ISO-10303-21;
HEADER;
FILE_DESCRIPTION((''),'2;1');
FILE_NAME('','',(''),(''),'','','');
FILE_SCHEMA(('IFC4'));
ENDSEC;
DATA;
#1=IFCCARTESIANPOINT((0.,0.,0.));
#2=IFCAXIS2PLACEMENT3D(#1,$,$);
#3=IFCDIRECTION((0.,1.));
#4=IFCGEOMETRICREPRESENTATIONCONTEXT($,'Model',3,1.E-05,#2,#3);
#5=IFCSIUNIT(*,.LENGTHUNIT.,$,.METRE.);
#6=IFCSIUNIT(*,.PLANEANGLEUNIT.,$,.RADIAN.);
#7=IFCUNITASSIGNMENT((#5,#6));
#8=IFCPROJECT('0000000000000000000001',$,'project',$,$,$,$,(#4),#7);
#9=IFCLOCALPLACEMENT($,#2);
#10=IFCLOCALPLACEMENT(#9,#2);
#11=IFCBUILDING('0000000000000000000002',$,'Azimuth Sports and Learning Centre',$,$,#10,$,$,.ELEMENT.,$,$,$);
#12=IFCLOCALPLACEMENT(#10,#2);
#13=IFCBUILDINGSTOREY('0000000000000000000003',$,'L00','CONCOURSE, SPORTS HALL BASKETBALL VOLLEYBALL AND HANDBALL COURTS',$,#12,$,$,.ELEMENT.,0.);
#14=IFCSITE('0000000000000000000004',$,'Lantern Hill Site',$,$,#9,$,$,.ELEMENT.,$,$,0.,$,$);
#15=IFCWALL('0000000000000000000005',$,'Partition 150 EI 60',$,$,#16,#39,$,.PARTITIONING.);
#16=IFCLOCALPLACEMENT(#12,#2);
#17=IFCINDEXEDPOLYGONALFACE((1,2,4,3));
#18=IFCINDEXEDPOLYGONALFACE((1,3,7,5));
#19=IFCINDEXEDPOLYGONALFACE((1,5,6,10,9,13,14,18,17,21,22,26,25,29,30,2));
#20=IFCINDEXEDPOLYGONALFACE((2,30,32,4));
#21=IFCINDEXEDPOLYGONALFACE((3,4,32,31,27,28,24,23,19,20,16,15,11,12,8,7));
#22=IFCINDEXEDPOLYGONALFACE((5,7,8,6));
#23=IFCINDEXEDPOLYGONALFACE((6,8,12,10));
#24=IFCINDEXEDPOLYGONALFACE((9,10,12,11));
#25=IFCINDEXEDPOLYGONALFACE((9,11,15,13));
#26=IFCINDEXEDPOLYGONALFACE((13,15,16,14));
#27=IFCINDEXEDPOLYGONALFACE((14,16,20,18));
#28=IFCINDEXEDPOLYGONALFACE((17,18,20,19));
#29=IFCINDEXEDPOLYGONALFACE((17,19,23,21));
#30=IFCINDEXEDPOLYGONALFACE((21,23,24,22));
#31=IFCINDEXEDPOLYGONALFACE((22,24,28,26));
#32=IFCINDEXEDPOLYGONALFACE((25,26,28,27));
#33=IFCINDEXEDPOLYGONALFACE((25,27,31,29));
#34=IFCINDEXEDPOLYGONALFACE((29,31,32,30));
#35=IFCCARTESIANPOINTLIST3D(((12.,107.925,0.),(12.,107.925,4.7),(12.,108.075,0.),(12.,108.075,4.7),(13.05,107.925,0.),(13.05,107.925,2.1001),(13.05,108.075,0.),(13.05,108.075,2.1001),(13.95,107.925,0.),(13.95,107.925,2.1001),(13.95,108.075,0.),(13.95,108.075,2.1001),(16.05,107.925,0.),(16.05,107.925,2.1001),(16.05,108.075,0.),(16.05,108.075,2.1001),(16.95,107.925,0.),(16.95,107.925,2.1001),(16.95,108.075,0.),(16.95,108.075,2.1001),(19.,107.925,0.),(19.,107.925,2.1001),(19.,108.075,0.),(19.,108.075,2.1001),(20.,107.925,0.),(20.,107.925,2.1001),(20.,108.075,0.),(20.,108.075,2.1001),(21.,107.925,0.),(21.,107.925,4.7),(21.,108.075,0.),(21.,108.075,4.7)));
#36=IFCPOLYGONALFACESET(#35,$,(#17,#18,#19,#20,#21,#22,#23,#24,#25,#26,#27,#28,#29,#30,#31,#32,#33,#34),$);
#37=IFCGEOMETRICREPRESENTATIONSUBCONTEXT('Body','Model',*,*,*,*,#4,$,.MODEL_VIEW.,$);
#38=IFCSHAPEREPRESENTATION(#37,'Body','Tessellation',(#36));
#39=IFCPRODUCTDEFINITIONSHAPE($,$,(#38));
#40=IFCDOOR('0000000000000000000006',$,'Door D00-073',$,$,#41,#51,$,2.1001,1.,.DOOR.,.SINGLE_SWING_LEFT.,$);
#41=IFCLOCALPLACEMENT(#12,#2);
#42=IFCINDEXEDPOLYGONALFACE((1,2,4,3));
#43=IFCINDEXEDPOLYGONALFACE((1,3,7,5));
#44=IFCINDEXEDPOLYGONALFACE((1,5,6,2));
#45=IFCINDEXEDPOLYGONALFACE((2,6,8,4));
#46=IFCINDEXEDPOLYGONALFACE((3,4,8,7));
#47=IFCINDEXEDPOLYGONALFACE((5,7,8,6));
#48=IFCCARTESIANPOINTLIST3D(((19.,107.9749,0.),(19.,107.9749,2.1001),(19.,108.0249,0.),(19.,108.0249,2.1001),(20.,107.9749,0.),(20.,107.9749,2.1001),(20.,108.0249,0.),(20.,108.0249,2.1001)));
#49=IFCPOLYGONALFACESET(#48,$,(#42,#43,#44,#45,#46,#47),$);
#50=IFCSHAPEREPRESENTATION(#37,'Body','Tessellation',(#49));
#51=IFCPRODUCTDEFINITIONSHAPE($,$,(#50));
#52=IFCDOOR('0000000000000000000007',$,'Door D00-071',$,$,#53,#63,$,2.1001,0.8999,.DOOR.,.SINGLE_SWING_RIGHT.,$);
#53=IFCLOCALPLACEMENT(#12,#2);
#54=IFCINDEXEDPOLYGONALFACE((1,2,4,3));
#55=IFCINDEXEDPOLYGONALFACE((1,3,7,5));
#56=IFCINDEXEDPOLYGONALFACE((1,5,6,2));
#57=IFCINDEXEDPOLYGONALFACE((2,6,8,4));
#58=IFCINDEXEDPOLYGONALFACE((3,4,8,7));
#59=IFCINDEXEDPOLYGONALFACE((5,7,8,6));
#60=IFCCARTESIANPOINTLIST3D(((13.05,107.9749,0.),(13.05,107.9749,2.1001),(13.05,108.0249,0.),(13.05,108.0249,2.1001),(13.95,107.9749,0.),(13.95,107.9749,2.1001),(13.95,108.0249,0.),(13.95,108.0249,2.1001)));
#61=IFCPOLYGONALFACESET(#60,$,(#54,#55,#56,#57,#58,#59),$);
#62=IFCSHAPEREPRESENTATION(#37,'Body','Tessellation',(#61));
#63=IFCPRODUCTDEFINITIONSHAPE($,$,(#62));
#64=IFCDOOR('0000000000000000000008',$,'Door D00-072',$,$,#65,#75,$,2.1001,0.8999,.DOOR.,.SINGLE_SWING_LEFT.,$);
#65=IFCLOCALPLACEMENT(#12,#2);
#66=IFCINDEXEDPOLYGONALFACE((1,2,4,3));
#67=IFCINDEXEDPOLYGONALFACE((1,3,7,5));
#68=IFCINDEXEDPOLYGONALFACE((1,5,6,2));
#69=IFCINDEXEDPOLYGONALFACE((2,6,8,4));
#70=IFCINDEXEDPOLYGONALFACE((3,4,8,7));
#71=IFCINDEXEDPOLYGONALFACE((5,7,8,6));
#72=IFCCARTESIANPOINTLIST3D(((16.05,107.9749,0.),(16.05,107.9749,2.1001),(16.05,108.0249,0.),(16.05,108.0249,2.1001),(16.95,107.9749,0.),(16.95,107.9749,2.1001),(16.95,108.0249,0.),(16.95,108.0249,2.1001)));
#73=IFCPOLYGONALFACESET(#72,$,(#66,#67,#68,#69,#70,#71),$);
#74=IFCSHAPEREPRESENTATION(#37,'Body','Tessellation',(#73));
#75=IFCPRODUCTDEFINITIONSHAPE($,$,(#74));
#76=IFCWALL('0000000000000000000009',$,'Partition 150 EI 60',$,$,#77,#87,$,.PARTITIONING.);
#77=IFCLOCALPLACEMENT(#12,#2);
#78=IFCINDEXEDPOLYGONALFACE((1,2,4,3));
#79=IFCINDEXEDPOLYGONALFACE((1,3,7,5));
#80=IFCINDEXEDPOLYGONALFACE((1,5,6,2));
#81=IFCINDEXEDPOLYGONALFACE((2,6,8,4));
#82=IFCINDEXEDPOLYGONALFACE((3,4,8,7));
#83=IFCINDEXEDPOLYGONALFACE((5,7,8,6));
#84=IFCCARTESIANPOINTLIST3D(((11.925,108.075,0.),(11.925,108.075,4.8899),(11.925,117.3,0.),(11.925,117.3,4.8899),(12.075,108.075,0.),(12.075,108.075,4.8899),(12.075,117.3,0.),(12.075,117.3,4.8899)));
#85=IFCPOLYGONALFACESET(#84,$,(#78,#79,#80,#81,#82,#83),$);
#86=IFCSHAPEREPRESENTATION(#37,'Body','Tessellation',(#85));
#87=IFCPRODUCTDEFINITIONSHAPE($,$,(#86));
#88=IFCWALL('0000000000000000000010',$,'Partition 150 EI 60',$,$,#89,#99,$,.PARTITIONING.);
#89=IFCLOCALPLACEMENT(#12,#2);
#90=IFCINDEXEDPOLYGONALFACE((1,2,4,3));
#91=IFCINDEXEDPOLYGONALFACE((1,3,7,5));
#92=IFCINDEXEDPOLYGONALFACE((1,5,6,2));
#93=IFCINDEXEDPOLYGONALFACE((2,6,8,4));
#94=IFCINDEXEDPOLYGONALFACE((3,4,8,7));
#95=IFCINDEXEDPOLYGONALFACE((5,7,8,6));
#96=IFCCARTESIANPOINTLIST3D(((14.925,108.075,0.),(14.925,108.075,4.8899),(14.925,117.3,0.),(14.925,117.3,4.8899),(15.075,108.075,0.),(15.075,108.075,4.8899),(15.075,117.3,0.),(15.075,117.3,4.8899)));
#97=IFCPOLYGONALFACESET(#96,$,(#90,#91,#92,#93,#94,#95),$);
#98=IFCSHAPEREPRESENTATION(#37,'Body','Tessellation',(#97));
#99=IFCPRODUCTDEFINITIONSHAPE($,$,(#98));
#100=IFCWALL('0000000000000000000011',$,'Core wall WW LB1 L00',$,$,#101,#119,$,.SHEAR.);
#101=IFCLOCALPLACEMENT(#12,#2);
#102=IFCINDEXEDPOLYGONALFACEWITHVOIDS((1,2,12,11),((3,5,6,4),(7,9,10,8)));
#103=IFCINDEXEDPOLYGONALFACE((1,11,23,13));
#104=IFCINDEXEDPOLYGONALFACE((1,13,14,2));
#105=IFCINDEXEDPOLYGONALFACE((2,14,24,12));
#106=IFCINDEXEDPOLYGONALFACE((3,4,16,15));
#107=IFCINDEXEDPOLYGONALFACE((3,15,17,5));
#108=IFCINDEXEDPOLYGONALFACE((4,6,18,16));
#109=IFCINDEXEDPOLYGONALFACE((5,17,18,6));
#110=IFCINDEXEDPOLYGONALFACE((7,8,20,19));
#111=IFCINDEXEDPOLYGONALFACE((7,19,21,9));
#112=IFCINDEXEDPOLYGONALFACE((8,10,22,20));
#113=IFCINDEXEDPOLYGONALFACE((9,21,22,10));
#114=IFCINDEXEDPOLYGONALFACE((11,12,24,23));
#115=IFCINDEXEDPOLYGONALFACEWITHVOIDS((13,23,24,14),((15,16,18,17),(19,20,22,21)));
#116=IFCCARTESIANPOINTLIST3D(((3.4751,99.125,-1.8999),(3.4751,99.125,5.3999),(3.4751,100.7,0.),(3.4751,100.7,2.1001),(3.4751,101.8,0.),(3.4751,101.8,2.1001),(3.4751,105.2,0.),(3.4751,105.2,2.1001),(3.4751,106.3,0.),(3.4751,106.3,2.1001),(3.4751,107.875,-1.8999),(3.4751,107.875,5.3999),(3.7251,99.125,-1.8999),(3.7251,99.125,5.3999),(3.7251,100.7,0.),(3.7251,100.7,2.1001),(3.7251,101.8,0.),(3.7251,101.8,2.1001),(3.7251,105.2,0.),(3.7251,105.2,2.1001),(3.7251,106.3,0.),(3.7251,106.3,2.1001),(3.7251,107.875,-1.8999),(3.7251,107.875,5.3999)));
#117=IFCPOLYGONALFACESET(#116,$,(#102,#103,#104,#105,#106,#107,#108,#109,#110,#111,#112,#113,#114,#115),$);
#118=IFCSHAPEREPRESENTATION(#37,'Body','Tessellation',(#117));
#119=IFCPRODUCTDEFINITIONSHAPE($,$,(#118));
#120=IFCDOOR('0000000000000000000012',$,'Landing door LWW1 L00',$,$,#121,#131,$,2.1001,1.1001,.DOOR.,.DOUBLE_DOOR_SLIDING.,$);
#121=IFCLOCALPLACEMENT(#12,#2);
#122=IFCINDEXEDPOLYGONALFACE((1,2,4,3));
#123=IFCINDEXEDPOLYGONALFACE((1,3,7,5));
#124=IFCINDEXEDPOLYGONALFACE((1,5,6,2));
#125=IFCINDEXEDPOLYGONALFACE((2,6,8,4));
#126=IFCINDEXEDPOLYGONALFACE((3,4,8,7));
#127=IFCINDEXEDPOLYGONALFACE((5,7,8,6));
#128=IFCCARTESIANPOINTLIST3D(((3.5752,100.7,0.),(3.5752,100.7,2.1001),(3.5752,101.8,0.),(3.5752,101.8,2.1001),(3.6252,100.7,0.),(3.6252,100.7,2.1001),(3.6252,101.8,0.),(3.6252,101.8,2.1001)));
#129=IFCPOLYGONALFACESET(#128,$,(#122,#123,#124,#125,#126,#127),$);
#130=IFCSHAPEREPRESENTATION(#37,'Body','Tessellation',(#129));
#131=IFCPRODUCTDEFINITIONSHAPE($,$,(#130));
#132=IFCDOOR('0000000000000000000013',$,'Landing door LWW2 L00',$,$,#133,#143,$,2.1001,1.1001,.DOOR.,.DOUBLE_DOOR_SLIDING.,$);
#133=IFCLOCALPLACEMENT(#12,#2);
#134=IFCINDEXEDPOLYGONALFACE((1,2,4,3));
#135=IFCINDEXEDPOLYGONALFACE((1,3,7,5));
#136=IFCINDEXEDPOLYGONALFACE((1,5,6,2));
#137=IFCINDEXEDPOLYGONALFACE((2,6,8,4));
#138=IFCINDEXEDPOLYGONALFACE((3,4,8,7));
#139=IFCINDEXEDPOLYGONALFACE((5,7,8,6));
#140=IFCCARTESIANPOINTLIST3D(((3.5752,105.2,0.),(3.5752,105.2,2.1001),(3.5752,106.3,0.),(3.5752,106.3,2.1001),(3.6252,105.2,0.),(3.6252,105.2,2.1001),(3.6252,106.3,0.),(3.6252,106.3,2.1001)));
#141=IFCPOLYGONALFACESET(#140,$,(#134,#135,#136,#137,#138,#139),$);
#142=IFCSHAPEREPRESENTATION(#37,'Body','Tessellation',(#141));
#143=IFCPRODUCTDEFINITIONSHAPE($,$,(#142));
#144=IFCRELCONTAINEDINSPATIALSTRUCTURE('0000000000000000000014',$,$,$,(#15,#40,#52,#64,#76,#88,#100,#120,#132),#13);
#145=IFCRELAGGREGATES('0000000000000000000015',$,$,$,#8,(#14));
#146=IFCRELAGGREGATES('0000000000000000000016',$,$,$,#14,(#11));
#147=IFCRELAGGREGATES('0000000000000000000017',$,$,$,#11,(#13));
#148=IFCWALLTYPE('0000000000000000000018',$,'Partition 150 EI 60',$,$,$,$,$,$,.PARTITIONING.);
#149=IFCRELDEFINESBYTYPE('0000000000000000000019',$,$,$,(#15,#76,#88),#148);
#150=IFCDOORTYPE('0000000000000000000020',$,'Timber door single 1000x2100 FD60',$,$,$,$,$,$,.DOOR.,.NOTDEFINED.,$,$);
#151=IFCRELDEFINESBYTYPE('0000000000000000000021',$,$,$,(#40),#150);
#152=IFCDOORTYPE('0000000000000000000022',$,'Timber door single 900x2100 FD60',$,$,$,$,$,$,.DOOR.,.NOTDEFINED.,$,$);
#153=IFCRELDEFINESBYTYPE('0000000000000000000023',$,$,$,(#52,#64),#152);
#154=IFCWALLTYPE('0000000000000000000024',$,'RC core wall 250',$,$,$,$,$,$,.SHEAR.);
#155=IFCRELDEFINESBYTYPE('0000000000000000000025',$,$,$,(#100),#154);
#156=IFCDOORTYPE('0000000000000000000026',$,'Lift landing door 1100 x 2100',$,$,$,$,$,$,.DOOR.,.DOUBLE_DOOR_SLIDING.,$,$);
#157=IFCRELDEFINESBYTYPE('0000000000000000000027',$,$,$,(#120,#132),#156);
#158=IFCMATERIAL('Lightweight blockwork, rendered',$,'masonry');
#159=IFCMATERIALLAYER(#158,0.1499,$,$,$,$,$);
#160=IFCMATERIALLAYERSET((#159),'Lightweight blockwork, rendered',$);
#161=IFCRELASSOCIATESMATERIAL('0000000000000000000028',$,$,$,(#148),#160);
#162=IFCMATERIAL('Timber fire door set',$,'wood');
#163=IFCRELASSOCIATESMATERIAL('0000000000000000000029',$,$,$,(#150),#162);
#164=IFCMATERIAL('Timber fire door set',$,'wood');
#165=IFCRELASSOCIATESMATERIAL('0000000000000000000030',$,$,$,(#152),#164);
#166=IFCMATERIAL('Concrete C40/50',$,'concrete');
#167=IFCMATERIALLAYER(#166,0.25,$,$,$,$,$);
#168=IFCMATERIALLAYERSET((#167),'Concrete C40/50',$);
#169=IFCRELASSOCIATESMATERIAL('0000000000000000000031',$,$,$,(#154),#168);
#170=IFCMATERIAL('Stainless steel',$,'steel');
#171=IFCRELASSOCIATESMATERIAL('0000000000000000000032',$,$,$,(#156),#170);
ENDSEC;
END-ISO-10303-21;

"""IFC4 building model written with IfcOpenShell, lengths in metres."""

from ifc_helpers import new_model, si_unit, direction, frame, frame_2d, origin, place, context, subcontext, project, spatial, rectangle, extrude, material, layer, layer_set, type_object, element, fill, save


model = new_model("IFC4")

# Units and contexts
model_context = context("Model", 3, precision=1e-05, world=origin(), true_north=direction((0.0, 1.0)))
body_context = subcontext(model_context, "Body", "Model", "MODEL_VIEW")
ifc_project = project(units=[si_unit("LENGTHUNIT", "METRE"), si_unit("PLANEANGLEUNIT", "RADIAN")], contexts=[model_context])

# Site, building, storey
site_placement = place(None, origin())
site = spatial("IfcSite", under=ifc_project, at=site_placement, Name="Lantern Hill Site", CompositionType="ELEMENT", RefElevation=0.0)
building_placement = place(site_placement, origin())
building = spatial("IfcBuilding", under=site, at=building_placement, Name="Azimuth Sports and Learning Centre", CompositionType="ELEMENT")
storey_placement = place(building_placement, origin())
storey = spatial("IfcBuildingStorey", under=building, at=storey_placement, Name="L00", Description="CONCOURSE, SPORTS HALL BASKETBALL VOLLEYBALL AND HANDBALL COURTS", CompositionType="ELEMENT", Elevation=0.0)

# Wall, openings, doors
ifc_material_1 = material(Name="Lightweight blockwork, rendered", Category="masonry")
ifc_layer_1 = layer(ifc_material_1, 0.1499)
ifc_layer_set_1 = layer_set([ifc_layer_1], Name="Lightweight blockwork, rendered")
wall_type_1 = type_object("IfcWallType", Name="Partition 150 EI 60", PredefinedType="PARTITIONING", material=ifc_layer_set_1)
wall_1_placement = place(storey_placement, frame((12.0, 108.0, 0.0), z_axis=(0.0, 0.0, 1.0), x_axis=(1.0, 0.0, 0.0)))
wall_1 = element("IfcWall", 1, at=wall_1_placement, inside=storey, type_object=wall_type_1, Name="Partition 150 EI 60", PredefinedType="PARTITIONING", context=body_context, shape_type="SweptSolid", body=[
    extrude(rectangle(XDim=9.0, YDim=0.1499, at=frame_2d((4.5, 0.0))), origin(), (0.0, 0.0, 1.0), 4.7),
])
opening_1_placement = place(wall_1_placement, frame((1.05, 0.0, 0.0)))
opening_1 = element("IfcOpeningElement", 2, at=opening_1_placement, cuts=wall_1, PredefinedType="OPENING", context=body_context, shape_type="SweptSolid", body=[
    extrude(rectangle(XDim=0.8999, YDim=2.1001, at=frame_2d((0.45, 1.05))), frame((0.0, 0.0859, 0.0), z_axis=(0.0, -1.0, 0.0), x_axis=(1.0, 0.0, 0.0)), (0.0, 0.0, 1.0), 0.1719),
])
opening_2_placement = place(wall_1_placement, frame((4.05, 0.0, 0.0)))
opening_2 = element("IfcOpeningElement", 3, at=opening_2_placement, cuts=wall_1, PredefinedType="OPENING", context=body_context, shape_type="SweptSolid", body=[
    extrude(rectangle(XDim=0.8999, YDim=2.1001, at=frame_2d((0.45, 1.05))), frame((0.0, 0.0859, 0.0), z_axis=(0.0, -1.0, 0.0), x_axis=(1.0, 0.0, 0.0)), (0.0, 0.0, 1.0), 0.1719),
])
opening_3_placement = place(wall_1_placement, frame((7.0, 0.0, 0.0)))
opening_3 = element("IfcOpeningElement", 4, at=opening_3_placement, cuts=wall_1, PredefinedType="OPENING", context=body_context, shape_type="SweptSolid", body=[
    extrude(rectangle(XDim=1.0, YDim=2.1001, at=frame_2d((0.5, 1.05))), frame((0.0, 0.0859, 0.0), z_axis=(0.0, -1.0, 0.0), x_axis=(1.0, 0.0, 0.0)), (0.0, 0.0, 1.0), 0.1719),
])
ifc_material_2 = material(Name="Timber fire door set", Category="wood")
door_type_1 = type_object("IfcDoorType", Name="Timber door single 1000x2100 FD60", OperationType="NOTDEFINED", PredefinedType="DOOR", material=ifc_material_2)
door_1_placement = place(opening_3_placement, origin())
door_1 = element("IfcDoor", 5, at=door_1_placement, inside=storey, type_object=door_type_1, Name="Door D00-073", OperationType="SINGLE_SWING_LEFT", OverallHeight=2.1001, OverallWidth=1.0, PredefinedType="DOOR", context=body_context, shape_type="SweptSolid", body=[
    extrude(rectangle(XDim=1.0, YDim=2.1001, at=frame_2d((0.5, 1.05))), frame((0.0, 0.0249, 0.0), z_axis=(0.0, -1.0, 0.0), x_axis=(1.0, 0.0, 0.0)), (0.0, 0.0, 1.0), 0.05),
])
fill(opening_3, door_1)
ifc_material_3 = material(Name="Timber fire door set", Category="wood")
door_type_2 = type_object("IfcDoorType", Name="Timber door single 900x2100 FD60", OperationType="NOTDEFINED", PredefinedType="DOOR", material=ifc_material_3)
door_2_placement = place(opening_1_placement, origin())
door_2 = element("IfcDoor", 6, at=door_2_placement, inside=storey, type_object=door_type_2, Name="Door D00-071", OperationType="SINGLE_SWING_RIGHT", OverallHeight=2.1001, OverallWidth=0.8999, PredefinedType="DOOR", context=body_context, shape_type="SweptSolid", body=[
    extrude(rectangle(XDim=0.8999, YDim=2.1001, at=frame_2d((0.45, 1.05))), frame((0.0, 0.0249, 0.0), z_axis=(0.0, -1.0, 0.0), x_axis=(1.0, 0.0, 0.0)), (0.0, 0.0, 1.0), 0.05),
])
fill(opening_1, door_2)
door_3_placement = place(opening_2_placement, origin())
door_3 = element("IfcDoor", 7, at=door_3_placement, inside=storey, type_object=door_type_2, Name="Door D00-072", OperationType="SINGLE_SWING_LEFT", OverallHeight=2.1001, OverallWidth=0.8999, PredefinedType="DOOR", context=body_context, shape_type="SweptSolid", body=[
    extrude(rectangle(XDim=0.8999, YDim=2.1001, at=frame_2d((0.45, 1.05))), frame((0.0, 0.0249, 0.0), z_axis=(0.0, -1.0, 0.0), x_axis=(1.0, 0.0, 0.0)), (0.0, 0.0, 1.0), 0.05),
])
fill(opening_2, door_3)

# Walls
for number, where, z_axis, x_axis, name in (
    (8, (12.0, 108.075, 0.0), (0.0, 0.0, 1.0), (0.0, 1.0, 0.0), "Partition 150 EI 60"),
    (9, (15.0, 108.075, 0.0), (0.0, 0.0, 1.0), (0.0, 1.0, 0.0), "Partition 150 EI 60"),
):
    element("IfcWall", number, at=place(storey_placement, frame(where, z_axis=z_axis, x_axis=x_axis)), inside=storey, type_object=wall_type_1, Name=name, PredefinedType="PARTITIONING", context=body_context, shape_type="SweptSolid", body=[
        extrude(rectangle(XDim=9.2251, YDim=0.1499, at=frame_2d((4.6125, 0.0))), origin(), (0.0, 0.0, 1.0), 4.8899),
    ])

# Wall, openings, doors
ifc_material_4 = material(Name="Concrete C40/50", Category="concrete")
ifc_layer_2 = layer(ifc_material_4, 0.25)
ifc_layer_set_2 = layer_set([ifc_layer_2], Name="Concrete C40/50")
wall_type_2 = type_object("IfcWallType", Name="RC core wall 250", PredefinedType="SHEAR", material=ifc_layer_set_2)
wall_2_placement = place(storey_placement, frame((3.6001, 99.125, -1.8999), z_axis=(0.0, 0.0, 1.0), x_axis=(0.0, 1.0, 0.0)))
wall_2 = element("IfcWall", 10, at=wall_2_placement, inside=storey, type_object=wall_type_2, Name="Core wall WW LB1 L00", PredefinedType="SHEAR", context=body_context, shape_type="SweptSolid", body=[
    extrude(rectangle(XDim=8.75, YDim=0.25, at=frame_2d((4.375, 0.0))), origin(), (0.0, 0.0, 1.0), 7.2998),
])
opening_4_placement = place(wall_2_placement, frame((1.575, 0.0, 1.8999)))
opening_4 = element("IfcOpeningElement", 11, at=opening_4_placement, cuts=wall_2, PredefinedType="OPENING", context=body_context, shape_type="SweptSolid", body=[
    extrude(rectangle(XDim=1.1001, YDim=2.1001, at=frame_2d((0.55, 1.05))), frame((0.0, 0.136, 0.0), z_axis=(0.0, -1.0, 0.0), x_axis=(1.0, 0.0, 0.0)), (0.0, 0.0, 1.0), 0.272),
])
opening_5_placement = place(wall_2_placement, frame((6.075, 0.0, 1.8999)))
opening_5 = element("IfcOpeningElement", 12, at=opening_5_placement, cuts=wall_2, PredefinedType="OPENING", context=body_context, shape_type="SweptSolid", body=[
    extrude(rectangle(XDim=1.1001, YDim=2.1001, at=frame_2d((0.55, 1.05))), frame((0.0, 0.136, 0.0), z_axis=(0.0, -1.0, 0.0), x_axis=(1.0, 0.0, 0.0)), (0.0, 0.0, 1.0), 0.272),
])
ifc_material_5 = material(Name="Stainless steel", Category="steel")
door_type_3 = type_object("IfcDoorType", Name="Lift landing door 1100 x 2100", OperationType="DOUBLE_DOOR_SLIDING", PredefinedType="DOOR", material=ifc_material_5)
door_4_placement = place(opening_4_placement, origin())
door_4 = element("IfcDoor", 13, at=door_4_placement, inside=storey, type_object=door_type_3, Name="Landing door LWW1 L00", OperationType="DOUBLE_DOOR_SLIDING", OverallHeight=2.1001, OverallWidth=1.1001, PredefinedType="DOOR", context=body_context, shape_type="SweptSolid", body=[
    extrude(rectangle(XDim=1.1001, YDim=2.1001, at=frame_2d((0.55, 1.05))), frame((0.0, 0.0249, 0.0), z_axis=(0.0, -1.0, 0.0), x_axis=(1.0, 0.0, 0.0)), (0.0, 0.0, 1.0), 0.05),
])
fill(opening_4, door_4)
door_5_placement = place(opening_5_placement, origin())
door_5 = element("IfcDoor", 14, at=door_5_placement, inside=storey, type_object=door_type_3, Name="Landing door LWW2 L00", OperationType="DOUBLE_DOOR_SLIDING", OverallHeight=2.1001, OverallWidth=1.1001, PredefinedType="DOOR", context=body_context, shape_type="SweptSolid", body=[
    extrude(rectangle(XDim=1.1001, YDim=2.1001, at=frame_2d((0.55, 1.05))), frame((0.0, 0.0249, 0.0), z_axis=(0.0, -1.0, 0.0), x_axis=(1.0, 0.0, 0.0)), (0.0, 0.0, 1.0), 0.05),
])
fill(opening_5, door_5)

save(model, "model.ifc")
